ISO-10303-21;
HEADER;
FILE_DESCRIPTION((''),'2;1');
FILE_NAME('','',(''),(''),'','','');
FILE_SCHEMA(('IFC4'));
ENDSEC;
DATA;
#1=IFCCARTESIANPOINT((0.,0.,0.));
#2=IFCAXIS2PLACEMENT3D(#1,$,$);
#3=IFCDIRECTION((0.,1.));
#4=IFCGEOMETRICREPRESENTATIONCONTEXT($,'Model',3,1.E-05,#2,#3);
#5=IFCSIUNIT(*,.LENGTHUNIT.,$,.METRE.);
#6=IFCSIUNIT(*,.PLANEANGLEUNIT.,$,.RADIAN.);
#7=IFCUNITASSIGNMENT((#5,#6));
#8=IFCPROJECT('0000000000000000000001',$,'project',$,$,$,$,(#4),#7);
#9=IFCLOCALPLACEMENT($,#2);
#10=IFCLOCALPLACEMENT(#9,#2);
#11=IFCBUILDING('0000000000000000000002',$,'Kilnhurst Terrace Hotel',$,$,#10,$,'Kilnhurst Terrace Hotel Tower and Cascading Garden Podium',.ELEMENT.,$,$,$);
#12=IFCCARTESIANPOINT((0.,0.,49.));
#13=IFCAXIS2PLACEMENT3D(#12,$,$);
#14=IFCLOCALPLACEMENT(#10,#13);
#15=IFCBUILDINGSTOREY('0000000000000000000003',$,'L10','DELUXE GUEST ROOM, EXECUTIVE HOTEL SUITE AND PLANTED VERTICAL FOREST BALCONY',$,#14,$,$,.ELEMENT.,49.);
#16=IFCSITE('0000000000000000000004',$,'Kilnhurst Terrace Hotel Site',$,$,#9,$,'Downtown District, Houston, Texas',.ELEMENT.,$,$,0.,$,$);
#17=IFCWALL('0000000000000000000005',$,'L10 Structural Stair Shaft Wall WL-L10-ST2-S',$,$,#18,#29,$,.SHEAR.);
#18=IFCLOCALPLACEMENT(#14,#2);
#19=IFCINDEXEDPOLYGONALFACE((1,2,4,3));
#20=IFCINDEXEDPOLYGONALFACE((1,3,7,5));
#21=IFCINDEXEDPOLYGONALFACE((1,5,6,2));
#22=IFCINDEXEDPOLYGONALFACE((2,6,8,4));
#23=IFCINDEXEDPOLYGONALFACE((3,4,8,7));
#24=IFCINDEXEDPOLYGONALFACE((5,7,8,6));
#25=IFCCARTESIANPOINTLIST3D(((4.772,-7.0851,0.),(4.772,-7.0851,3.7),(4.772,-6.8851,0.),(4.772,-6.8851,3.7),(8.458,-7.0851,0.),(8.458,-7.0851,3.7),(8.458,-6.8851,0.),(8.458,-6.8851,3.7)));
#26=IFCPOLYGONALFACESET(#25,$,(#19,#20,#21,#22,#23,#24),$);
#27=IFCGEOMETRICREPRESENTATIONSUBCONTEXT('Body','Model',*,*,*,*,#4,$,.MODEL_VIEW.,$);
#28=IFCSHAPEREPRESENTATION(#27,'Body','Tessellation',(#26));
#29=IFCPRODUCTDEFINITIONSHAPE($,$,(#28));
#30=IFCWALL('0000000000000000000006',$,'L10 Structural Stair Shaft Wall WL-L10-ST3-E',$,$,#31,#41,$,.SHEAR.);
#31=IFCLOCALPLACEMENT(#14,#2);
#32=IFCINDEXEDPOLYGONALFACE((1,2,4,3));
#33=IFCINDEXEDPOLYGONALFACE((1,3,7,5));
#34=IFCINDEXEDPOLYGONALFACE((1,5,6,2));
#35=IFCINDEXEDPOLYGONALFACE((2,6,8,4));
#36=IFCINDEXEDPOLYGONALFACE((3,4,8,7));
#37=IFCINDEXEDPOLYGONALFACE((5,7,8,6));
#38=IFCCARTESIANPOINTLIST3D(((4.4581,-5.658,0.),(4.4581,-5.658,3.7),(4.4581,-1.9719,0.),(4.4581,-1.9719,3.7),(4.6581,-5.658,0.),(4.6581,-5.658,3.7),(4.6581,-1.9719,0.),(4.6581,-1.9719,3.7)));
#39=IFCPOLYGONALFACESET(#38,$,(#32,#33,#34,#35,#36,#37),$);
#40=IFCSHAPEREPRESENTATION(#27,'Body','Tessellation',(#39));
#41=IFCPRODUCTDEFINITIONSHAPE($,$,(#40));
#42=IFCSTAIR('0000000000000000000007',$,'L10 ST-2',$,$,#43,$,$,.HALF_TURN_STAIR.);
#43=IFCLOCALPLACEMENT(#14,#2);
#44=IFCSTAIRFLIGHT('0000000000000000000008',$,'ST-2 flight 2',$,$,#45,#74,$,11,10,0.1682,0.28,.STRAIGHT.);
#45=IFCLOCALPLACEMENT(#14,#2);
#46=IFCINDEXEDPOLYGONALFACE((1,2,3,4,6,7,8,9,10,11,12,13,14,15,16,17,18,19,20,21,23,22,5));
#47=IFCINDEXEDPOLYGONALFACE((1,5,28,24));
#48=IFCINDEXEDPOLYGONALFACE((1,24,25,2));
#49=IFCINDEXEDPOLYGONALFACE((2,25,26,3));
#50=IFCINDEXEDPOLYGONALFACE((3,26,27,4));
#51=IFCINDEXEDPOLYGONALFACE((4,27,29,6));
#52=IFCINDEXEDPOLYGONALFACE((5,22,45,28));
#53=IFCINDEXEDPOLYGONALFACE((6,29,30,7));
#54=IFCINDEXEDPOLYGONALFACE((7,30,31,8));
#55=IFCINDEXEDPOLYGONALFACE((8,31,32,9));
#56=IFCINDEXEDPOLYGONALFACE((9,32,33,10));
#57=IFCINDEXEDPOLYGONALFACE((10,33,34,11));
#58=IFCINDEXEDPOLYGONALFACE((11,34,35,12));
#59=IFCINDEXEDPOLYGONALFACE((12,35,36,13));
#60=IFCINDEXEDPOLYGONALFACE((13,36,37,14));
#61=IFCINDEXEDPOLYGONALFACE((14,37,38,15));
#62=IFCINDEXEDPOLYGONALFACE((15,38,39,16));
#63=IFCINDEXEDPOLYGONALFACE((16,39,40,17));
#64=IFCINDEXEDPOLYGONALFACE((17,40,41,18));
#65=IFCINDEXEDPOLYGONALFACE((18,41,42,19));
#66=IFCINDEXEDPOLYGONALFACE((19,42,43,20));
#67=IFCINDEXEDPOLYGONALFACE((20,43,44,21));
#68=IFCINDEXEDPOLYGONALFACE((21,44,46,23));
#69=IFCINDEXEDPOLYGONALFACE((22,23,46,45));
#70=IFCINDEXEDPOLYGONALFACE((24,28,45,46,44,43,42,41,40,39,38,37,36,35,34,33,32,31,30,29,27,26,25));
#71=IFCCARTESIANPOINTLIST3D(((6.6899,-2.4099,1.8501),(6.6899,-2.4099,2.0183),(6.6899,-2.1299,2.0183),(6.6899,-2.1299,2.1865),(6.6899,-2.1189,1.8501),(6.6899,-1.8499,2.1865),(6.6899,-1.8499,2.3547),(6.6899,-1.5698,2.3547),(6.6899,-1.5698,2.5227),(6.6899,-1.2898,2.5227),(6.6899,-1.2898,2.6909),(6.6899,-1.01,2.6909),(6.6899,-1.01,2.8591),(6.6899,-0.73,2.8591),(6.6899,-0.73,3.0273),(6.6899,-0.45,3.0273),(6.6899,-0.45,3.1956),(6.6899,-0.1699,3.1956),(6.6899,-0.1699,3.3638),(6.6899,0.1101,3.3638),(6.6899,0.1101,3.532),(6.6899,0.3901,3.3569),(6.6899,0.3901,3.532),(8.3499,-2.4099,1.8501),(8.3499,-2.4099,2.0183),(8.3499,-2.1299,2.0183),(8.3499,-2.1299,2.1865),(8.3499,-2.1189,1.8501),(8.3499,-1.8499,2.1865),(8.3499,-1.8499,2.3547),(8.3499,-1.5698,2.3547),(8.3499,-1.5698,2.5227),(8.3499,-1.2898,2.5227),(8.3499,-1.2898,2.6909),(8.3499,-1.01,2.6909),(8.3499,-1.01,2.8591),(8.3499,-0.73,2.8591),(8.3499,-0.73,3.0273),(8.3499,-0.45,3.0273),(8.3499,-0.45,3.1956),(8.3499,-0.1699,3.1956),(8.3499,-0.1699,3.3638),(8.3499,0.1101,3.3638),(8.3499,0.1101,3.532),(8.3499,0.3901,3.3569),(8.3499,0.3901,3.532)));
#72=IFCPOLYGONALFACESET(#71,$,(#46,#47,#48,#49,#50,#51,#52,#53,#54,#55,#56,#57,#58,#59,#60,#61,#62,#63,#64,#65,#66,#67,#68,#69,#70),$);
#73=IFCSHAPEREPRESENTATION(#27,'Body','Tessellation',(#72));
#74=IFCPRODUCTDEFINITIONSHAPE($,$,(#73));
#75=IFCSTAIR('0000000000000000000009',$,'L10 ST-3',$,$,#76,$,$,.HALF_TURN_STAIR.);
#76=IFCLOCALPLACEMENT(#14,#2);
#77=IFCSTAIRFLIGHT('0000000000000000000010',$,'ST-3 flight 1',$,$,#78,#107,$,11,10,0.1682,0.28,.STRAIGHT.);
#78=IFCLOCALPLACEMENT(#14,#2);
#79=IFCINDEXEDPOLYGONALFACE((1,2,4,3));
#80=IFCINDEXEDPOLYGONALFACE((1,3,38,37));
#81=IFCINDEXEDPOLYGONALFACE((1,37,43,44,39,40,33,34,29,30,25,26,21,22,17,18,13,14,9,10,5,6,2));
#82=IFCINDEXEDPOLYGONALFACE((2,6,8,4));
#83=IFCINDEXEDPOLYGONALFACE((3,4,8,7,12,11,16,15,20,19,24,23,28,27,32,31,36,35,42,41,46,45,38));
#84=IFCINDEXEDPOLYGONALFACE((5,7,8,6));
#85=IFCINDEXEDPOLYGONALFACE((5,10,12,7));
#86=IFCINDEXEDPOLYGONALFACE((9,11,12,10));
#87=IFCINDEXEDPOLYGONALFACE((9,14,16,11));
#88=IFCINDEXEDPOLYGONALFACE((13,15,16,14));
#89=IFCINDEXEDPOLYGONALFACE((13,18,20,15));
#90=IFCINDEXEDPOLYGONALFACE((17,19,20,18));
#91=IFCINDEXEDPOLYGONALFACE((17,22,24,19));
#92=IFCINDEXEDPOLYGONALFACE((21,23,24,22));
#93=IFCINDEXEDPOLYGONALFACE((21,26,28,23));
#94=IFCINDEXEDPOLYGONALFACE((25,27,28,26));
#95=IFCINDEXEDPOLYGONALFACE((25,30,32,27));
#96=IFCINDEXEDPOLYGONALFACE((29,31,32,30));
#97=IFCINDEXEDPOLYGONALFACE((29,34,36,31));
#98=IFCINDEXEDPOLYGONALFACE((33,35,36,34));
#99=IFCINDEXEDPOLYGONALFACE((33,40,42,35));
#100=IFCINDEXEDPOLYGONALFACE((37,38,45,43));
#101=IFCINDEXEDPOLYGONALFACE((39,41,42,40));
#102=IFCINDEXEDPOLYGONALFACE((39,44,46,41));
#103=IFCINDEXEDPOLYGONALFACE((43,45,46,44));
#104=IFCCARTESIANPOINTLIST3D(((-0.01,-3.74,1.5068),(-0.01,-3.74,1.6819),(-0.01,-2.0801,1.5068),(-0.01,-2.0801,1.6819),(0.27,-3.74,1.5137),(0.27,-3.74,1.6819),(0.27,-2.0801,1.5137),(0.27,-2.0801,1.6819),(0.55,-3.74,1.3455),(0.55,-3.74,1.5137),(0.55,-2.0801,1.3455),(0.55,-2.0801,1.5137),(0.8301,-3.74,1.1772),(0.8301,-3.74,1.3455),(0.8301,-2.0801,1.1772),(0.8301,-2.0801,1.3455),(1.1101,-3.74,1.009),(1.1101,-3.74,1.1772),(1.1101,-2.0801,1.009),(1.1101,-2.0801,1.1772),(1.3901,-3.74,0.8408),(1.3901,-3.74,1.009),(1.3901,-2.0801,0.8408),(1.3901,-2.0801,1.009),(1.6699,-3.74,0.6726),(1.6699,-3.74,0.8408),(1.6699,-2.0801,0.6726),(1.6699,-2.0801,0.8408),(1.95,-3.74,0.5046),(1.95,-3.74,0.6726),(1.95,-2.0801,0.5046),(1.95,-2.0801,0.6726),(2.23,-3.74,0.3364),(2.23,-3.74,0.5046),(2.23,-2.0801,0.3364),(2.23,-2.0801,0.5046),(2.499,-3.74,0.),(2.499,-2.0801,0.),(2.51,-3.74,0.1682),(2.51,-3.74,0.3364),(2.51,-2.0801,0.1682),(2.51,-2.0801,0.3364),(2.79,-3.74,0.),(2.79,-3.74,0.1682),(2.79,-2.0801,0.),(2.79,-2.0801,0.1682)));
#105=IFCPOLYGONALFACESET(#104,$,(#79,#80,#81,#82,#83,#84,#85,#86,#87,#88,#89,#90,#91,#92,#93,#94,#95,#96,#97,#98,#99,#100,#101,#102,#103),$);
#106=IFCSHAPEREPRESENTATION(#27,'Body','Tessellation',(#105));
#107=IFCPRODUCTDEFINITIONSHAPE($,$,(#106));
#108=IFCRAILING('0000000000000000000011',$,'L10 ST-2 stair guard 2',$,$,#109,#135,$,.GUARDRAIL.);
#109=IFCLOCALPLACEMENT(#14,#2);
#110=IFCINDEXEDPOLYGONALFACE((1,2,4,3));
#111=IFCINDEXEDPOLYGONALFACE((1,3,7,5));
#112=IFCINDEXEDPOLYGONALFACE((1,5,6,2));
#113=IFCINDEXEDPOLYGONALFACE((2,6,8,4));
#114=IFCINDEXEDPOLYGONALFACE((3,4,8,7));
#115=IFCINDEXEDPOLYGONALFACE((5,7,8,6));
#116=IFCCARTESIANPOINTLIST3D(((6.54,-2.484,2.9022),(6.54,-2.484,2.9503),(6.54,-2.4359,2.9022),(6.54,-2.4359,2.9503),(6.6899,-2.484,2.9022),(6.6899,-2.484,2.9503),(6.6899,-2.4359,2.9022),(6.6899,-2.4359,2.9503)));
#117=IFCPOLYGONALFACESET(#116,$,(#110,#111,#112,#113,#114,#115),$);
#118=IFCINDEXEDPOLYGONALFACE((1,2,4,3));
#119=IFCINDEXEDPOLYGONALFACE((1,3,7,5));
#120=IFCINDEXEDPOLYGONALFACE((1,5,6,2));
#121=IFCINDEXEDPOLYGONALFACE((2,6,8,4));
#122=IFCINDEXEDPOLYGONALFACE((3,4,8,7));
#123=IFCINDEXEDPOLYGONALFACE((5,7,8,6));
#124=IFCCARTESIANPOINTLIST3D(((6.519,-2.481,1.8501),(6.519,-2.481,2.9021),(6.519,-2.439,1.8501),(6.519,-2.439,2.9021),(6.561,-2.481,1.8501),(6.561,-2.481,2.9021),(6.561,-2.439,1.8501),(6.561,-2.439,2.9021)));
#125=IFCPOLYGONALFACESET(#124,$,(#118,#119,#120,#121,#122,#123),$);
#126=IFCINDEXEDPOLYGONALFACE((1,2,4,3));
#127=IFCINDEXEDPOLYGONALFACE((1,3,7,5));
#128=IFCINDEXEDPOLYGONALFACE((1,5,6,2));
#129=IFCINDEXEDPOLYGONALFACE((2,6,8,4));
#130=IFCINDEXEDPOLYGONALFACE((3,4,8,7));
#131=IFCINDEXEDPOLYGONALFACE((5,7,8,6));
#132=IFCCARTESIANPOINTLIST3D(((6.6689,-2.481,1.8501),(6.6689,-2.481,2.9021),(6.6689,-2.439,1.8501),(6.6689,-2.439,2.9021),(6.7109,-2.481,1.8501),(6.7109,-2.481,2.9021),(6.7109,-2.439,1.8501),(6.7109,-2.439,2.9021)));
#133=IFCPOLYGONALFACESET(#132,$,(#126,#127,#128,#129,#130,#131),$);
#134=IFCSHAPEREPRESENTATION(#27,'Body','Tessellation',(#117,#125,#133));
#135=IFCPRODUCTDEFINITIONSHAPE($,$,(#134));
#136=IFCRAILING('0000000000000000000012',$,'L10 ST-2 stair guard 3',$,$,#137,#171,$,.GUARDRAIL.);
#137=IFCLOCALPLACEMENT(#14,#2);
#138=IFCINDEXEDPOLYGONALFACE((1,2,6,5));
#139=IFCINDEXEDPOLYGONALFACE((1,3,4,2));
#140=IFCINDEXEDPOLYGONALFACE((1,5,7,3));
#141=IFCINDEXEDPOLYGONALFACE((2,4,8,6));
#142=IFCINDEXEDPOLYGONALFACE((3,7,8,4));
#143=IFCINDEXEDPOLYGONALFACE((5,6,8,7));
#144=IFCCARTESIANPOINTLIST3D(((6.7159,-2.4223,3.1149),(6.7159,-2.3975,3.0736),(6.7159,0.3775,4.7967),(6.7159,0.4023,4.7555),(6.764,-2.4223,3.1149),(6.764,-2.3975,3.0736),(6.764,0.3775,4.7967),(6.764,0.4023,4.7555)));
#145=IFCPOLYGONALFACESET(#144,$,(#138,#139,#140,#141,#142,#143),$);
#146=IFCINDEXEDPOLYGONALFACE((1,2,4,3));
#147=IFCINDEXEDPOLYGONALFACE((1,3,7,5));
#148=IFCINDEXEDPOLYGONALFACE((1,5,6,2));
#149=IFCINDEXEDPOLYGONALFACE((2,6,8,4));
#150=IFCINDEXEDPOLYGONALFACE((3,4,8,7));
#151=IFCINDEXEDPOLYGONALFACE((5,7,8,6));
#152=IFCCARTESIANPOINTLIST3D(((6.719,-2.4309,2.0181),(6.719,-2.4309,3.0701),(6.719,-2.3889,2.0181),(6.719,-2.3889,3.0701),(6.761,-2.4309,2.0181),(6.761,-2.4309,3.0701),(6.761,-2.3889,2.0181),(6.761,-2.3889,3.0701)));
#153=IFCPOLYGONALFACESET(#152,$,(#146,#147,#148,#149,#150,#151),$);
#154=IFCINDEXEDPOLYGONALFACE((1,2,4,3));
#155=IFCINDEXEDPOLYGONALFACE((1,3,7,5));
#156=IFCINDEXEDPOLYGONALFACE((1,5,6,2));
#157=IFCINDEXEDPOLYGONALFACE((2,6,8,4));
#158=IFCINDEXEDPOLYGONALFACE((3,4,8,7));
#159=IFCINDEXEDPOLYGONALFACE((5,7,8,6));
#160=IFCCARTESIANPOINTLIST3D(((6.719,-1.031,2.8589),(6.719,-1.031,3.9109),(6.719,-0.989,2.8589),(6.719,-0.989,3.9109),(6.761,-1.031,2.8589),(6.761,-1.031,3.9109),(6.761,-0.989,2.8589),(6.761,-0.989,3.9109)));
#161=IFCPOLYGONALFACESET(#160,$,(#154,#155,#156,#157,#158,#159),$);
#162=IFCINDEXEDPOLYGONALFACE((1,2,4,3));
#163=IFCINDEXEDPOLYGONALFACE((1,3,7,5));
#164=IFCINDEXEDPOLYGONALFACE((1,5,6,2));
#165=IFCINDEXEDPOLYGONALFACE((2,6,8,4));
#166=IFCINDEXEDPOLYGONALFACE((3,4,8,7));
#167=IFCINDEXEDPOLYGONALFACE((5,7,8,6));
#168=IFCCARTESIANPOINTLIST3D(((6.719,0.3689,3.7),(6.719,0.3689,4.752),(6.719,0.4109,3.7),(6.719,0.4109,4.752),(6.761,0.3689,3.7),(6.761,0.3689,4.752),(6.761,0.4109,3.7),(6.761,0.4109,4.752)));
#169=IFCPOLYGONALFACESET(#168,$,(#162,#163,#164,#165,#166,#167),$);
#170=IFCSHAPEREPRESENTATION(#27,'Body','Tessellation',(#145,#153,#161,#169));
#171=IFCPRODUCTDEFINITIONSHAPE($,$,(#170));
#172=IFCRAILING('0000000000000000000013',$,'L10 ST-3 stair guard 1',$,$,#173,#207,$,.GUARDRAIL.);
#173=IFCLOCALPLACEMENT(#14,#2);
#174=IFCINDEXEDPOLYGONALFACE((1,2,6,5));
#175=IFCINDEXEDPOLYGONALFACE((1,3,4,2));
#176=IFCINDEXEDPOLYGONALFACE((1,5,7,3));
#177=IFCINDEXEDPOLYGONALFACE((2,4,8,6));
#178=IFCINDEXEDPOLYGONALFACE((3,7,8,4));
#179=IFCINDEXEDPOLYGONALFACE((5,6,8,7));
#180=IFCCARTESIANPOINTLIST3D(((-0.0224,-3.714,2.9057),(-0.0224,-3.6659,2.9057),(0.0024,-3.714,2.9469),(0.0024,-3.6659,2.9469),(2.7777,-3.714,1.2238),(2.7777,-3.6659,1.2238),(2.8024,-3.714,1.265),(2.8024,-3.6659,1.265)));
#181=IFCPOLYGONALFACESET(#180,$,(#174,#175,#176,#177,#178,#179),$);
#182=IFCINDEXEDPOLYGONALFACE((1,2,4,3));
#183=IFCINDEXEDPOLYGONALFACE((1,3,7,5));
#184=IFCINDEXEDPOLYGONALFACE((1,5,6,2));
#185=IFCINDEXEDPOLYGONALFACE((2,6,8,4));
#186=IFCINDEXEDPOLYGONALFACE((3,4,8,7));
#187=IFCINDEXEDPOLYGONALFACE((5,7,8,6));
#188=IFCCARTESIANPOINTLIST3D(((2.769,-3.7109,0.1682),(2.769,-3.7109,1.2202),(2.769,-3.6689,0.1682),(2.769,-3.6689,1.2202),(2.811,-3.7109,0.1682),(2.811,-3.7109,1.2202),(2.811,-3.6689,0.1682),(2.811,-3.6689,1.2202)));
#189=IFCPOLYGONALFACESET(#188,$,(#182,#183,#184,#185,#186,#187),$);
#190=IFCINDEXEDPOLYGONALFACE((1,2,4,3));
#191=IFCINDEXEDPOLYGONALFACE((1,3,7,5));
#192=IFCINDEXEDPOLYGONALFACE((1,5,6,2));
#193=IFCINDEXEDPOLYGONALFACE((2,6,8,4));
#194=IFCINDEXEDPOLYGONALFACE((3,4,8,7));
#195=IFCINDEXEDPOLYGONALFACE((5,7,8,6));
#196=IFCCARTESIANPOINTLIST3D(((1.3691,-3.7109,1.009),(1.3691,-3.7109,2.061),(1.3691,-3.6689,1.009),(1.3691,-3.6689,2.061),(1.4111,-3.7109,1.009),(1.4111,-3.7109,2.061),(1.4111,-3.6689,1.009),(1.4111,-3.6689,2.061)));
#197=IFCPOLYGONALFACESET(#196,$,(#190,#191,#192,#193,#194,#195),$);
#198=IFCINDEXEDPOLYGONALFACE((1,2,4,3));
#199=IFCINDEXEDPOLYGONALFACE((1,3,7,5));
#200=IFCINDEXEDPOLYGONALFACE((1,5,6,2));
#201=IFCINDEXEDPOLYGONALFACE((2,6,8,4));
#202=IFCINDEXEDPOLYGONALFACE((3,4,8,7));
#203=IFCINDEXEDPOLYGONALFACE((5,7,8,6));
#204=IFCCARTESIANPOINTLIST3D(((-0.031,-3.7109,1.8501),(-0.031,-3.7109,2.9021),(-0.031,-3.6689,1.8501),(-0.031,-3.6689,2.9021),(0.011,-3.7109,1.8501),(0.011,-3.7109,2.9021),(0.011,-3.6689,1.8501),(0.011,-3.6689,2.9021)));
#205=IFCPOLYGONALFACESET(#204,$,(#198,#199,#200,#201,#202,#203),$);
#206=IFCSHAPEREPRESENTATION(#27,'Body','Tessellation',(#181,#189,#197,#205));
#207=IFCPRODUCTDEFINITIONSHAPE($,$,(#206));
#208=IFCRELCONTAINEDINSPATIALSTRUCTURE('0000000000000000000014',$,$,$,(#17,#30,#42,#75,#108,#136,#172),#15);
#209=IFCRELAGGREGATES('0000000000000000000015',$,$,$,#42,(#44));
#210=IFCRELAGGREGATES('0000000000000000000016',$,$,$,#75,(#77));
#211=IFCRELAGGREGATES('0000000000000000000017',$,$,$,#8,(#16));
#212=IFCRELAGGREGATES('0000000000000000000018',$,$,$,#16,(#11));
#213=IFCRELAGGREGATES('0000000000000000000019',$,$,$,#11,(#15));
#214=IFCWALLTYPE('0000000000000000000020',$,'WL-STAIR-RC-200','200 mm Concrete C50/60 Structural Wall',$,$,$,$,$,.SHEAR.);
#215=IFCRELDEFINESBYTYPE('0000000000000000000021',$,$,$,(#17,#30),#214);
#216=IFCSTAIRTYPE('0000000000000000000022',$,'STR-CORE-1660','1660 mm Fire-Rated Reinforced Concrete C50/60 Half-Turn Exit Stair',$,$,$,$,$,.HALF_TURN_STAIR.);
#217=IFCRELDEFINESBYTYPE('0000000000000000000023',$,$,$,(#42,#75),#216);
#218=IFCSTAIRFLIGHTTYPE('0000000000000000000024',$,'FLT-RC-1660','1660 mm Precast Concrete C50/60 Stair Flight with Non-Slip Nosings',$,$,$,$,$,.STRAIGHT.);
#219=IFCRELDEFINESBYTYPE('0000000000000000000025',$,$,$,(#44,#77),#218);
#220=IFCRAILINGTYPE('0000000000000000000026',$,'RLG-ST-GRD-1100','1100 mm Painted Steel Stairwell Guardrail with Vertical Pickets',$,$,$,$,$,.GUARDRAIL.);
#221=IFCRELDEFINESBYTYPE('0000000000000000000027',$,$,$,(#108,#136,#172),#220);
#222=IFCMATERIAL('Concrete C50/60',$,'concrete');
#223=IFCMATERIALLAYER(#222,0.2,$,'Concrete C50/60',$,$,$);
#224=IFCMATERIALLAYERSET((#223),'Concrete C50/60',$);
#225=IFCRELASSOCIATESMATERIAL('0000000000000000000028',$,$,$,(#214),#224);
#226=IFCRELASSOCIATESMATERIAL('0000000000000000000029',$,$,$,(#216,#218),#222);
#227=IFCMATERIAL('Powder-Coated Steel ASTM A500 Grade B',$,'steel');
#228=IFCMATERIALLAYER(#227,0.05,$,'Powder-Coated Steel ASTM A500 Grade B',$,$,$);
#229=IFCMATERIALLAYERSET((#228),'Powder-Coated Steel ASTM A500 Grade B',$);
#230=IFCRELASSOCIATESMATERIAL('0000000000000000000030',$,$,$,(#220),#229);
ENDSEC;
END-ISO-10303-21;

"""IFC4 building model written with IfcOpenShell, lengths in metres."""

from ifc_helpers import new_model, si_unit, direction, frame, frame_2d, origin, origin_2d, place, context, subcontext, project, spatial, polyline, rectangle, outline, extrude, material, layer, layer_set, type_object, element, aggregate, save


model = new_model("IFC4")

# Units and contexts
model_context = context("Model", 3, precision=1e-05, world=origin(), true_north=direction((0.0, 1.0)))
body_context = subcontext(model_context, "Body", "Model", "MODEL_VIEW")
ifc_project = project(units=[si_unit("LENGTHUNIT", "METRE"), si_unit("PLANEANGLEUNIT", "RADIAN")], contexts=[model_context])

# Site, building, storey
site_placement = place(None, origin())
site = spatial("IfcSite", under=ifc_project, at=site_placement, Name="Kilnhurst Terrace Hotel Site", LongName="Downtown District, Houston, Texas", CompositionType="ELEMENT", RefElevation=0.0)
building_placement = place(site_placement, origin())
building = spatial("IfcBuilding", under=site, at=building_placement, Name="Kilnhurst Terrace Hotel", LongName="Kilnhurst Terrace Hotel Tower and Cascading Garden Podium", CompositionType="ELEMENT")
storey_placement = place(building_placement, frame((0.0, 0.0, 49.0)))
storey = spatial("IfcBuildingStorey", under=building, at=storey_placement, Name="L10", Description="DELUXE GUEST ROOM, EXECUTIVE HOTEL SUITE AND PLANTED VERTICAL FOREST BALCONY", CompositionType="ELEMENT", Elevation=49.0)

# Shared definitions
ifc_material_1 = material(Name="Concrete C50/60", Category="concrete")

# Walls
ifc_layer_1 = layer(ifc_material_1, 0.2, Name="Concrete C50/60")
ifc_layer_set_1 = layer_set([ifc_layer_1], Name="Concrete C50/60")
wall_type_1 = type_object("IfcWallType", Name="WL-STAIR-RC-200", Description="200 mm Concrete C50/60 Structural Wall", PredefinedType="SHEAR", material=ifc_layer_set_1)
for number, where, z_axis, x_axis, name in (
    (1, (4.772, -6.9851, 0.0), (0.0, 0.0, 1.0), (1.0, 0.0, 0.0), "L10 Structural Stair Shaft Wall WL-L10-ST2-S"),
    (2, (4.5581, -5.658, 0.0), (0.0, 0.0, 1.0), (0.0, 1.0, 0.0), "L10 Structural Stair Shaft Wall WL-L10-ST3-E"),
):
    element("IfcWall", number, at=place(storey_placement, frame(where, z_axis=z_axis, x_axis=x_axis)), inside=storey, type_object=wall_type_1, Name=name, PredefinedType="SHEAR", context=body_context, shape_type="SweptSolid", body=[
        extrude(rectangle(XDim=3.686, YDim=0.2, at=frame_2d((1.843, 0.0))), origin(), (0.0, 0.0, 1.0), 3.7),
    ])

# Stairs, stair flights
stair_type = type_object("IfcStairType", Name="STR-CORE-1660", Description="1660 mm Fire-Rated Reinforced Concrete C50/60 Half-Turn Exit Stair", PredefinedType="HALF_TURN_STAIR", material=ifc_material_1)
stair_1_placement = place(storey_placement, origin())
stair_1 = element("IfcStair", 3, at=stair_1_placement, inside=storey, type_object=stair_type, Name="L10 ST-2", PredefinedType="HALF_TURN_STAIR")
stair_flight_type = type_object("IfcStairFlightType", Name="FLT-RC-1660", Description="1660 mm Precast Concrete C50/60 Stair Flight with Non-Slip Nosings", PredefinedType="STRAIGHT", material=ifc_material_1)
stair_flight_1_placement = place(storey_placement, frame((7.52, -2.4099, 1.8501), z_axis=(0.0, 0.0, 1.0), x_axis=(0.0, 1.0, 0.0)))
stair_flight_1 = element("IfcStairFlight", 4, at=stair_flight_1_placement, type_object=stair_flight_type, Name="ST-2 flight 2", NumberOfRisers=11, NumberOfTreads=10, PredefinedType="STRAIGHT", RiserHeight=0.1682, TreadLength=0.28, context=body_context, shape_type="SweptSolid", body=[
    extrude(outline(polyline([(0.0, 0.0), (0.0, 0.1682), (0.28, 0.1682), (0.28, 0.3364), (0.5601, 0.3364), (0.5601, 0.5046), (0.8401, 0.5046), (0.8401, 0.6726), (1.1201, 0.6726), (1.1201, 0.8408), (1.3999, 0.8408), (1.3999, 1.009), (1.6799, 1.009), (1.6799, 1.1772), (1.96, 1.1772), (1.96, 1.3455), (2.24, 1.3455), (2.24, 1.5137), (2.52, 1.5137), (2.52, 1.6819), (2.8, 1.6819), (2.8, 1.8501), (2.8, 1.5068), (0.291, 0.0), (0.0, 0.0)])), frame((0.0, 0.8301, 0.0), z_axis=(0.0, -1.0, 0.0), x_axis=(1.0, 0.0, 0.0)), (0.0, 0.0, 1.0), 1.6599),
])
aggregate(stair_1, [stair_flight_1])
stair_2_placement = place(storey_placement, origin())
stair_2 = element("IfcStair", 5, at=stair_2_placement, inside=storey, type_object=stair_type, Name="L10 ST-3", PredefinedType="HALF_TURN_STAIR")
stair_flight_2_placement = place(storey_placement, frame((2.79, -2.9099, 0.0), z_axis=(0.0, 0.0, 1.0), x_axis=(-1.0, 0.0, 0.0)))
stair_flight_2 = element("IfcStairFlight", 6, at=stair_flight_2_placement, type_object=stair_flight_type, Name="ST-3 flight 1", NumberOfRisers=11, NumberOfTreads=10, PredefinedType="STRAIGHT", RiserHeight=0.1682, TreadLength=0.28, context=body_context, shape_type="SweptSolid", body=[
    extrude(outline(polyline([(0.0, 0.0), (0.0, 0.1682), (0.28, 0.1682), (0.28, 0.3364), (0.5601, 0.3364), (0.5601, 0.5046), (0.8401, 0.5046), (0.8401, 0.6726), (1.1201, 0.6726), (1.1201, 0.8408), (1.3999, 0.8408), (1.3999, 1.009), (1.6799, 1.009), (1.6799, 1.1772), (1.96, 1.1772), (1.96, 1.3455), (2.24, 1.3455), (2.24, 1.5137), (2.52, 1.5137), (2.52, 1.6819), (2.8, 1.6819), (2.8, 1.8501), (2.8, 1.5068), (0.291, 0.0), (0.0, 0.0)])), frame((0.0, 0.8301, 0.0), z_axis=(0.0, -1.0, 0.0), x_axis=(1.0, 0.0, 0.0)), (0.0, 0.0, 1.0), 1.6599),
])
aggregate(stair_2, [stair_flight_2])

# Railings
ifc_material_2 = material(Name="Powder-Coated Steel ASTM A500 Grade B", Category="steel")
ifc_layer_2 = layer(ifc_material_2, 0.05, Name="Powder-Coated Steel ASTM A500 Grade B")
ifc_layer_set_2 = layer_set([ifc_layer_2], Name="Powder-Coated Steel ASTM A500 Grade B")
railing_type_1 = type_object("IfcRailingType", Name="RLG-ST-GRD-1100", Description="1100 mm Painted Steel Stairwell Guardrail with Vertical Pickets", PredefinedType="GUARDRAIL", material=ifc_layer_set_2)
railing_1_placement = place(storey_placement, frame((6.54, -2.46, 1.8501)))
element("IfcRailing", 7, at=railing_1_placement, inside=storey, type_object=railing_type_1, Name="L10 ST-2 stair guard 2", PredefinedType="GUARDRAIL", context=body_context, shape_type="SweptSolid", body=[
    extrude(rectangle(XDim=0.0481, YDim=0.0481, at=origin_2d()), frame((0.0, 0.0, 1.0762), z_axis=(1.0, 0.0, 0.0), x_axis=(0.0, 1.0, 0.0)), (0.0, 0.0, 1.0), 0.1499),
    extrude(rectangle(XDim=0.042, YDim=0.042, at=origin_2d()), origin(), (0.0, 0.0, 1.0), 1.052),
    extrude(rectangle(XDim=0.042, YDim=0.042, at=origin_2d()), frame((0.1499, 0.0, 0.0)), (0.0, 0.0, 1.0), 1.052),
])
railing_2_placement = place(storey_placement, frame((6.74, -2.4099, 2.0181)))
element("IfcRailing", 8, at=railing_2_placement, inside=storey, type_object=railing_type_1, Name="L10 ST-2 stair guard 3", PredefinedType="GUARDRAIL", context=body_context, shape_type="SweptSolid", body=[
    extrude(rectangle(XDim=0.0481, YDim=0.0481, at=origin_2d()), frame((0.0, 0.0, 1.0762), z_axis=(0.0, 0.857222, 0.514946), x_axis=(-1.0, 0.0, 0.0)), (0.0, 0.0, 1.0), 3.2661),
    extrude(rectangle(XDim=0.042, YDim=0.042, at=origin_2d()), origin(), (0.0, 0.0, 1.0), 1.052),
    extrude(rectangle(XDim=0.042, YDim=0.042, at=origin_2d()), frame((0.0, 1.3999, 0.8408)), (0.0, 0.0, 1.0), 1.052),
    extrude(rectangle(XDim=0.042, YDim=0.042, at=origin_2d()), frame((0.0, 2.7998, 1.6819)), (0.0, 0.0, 1.0), 1.052),
])
railing_3_placement = place(storey_placement, frame((2.79, -3.6899, 0.1682)))
element("IfcRailing", 9, at=railing_3_placement, inside=storey, type_object=railing_type_1, Name="L10 ST-3 stair guard 1", PredefinedType="GUARDRAIL", context=body_context, shape_type="SweptSolid", body=[
    extrude(rectangle(XDim=0.0481, YDim=0.0481, at=origin_2d()), frame((0.0, 0.0, 1.0762), z_axis=(-0.857242, 0.0, 0.514913), x_axis=(0.0, -1.0, 0.0)), (0.0, 0.0, 1.0), 3.2664),
    extrude(rectangle(XDim=0.042, YDim=0.042, at=origin_2d()), origin(), (0.0, 0.0, 1.0), 1.052),
    extrude(rectangle(XDim=0.042, YDim=0.042, at=origin_2d()), frame((-1.3999, 0.0, 0.8408)), (0.0, 0.0, 1.0), 1.052),
    extrude(rectangle(XDim=0.042, YDim=0.042, at=origin_2d()), frame((-2.8, 0.0, 1.6819)), (0.0, 0.0, 1.0), 1.052),
])

save(model, "model.ifc")
